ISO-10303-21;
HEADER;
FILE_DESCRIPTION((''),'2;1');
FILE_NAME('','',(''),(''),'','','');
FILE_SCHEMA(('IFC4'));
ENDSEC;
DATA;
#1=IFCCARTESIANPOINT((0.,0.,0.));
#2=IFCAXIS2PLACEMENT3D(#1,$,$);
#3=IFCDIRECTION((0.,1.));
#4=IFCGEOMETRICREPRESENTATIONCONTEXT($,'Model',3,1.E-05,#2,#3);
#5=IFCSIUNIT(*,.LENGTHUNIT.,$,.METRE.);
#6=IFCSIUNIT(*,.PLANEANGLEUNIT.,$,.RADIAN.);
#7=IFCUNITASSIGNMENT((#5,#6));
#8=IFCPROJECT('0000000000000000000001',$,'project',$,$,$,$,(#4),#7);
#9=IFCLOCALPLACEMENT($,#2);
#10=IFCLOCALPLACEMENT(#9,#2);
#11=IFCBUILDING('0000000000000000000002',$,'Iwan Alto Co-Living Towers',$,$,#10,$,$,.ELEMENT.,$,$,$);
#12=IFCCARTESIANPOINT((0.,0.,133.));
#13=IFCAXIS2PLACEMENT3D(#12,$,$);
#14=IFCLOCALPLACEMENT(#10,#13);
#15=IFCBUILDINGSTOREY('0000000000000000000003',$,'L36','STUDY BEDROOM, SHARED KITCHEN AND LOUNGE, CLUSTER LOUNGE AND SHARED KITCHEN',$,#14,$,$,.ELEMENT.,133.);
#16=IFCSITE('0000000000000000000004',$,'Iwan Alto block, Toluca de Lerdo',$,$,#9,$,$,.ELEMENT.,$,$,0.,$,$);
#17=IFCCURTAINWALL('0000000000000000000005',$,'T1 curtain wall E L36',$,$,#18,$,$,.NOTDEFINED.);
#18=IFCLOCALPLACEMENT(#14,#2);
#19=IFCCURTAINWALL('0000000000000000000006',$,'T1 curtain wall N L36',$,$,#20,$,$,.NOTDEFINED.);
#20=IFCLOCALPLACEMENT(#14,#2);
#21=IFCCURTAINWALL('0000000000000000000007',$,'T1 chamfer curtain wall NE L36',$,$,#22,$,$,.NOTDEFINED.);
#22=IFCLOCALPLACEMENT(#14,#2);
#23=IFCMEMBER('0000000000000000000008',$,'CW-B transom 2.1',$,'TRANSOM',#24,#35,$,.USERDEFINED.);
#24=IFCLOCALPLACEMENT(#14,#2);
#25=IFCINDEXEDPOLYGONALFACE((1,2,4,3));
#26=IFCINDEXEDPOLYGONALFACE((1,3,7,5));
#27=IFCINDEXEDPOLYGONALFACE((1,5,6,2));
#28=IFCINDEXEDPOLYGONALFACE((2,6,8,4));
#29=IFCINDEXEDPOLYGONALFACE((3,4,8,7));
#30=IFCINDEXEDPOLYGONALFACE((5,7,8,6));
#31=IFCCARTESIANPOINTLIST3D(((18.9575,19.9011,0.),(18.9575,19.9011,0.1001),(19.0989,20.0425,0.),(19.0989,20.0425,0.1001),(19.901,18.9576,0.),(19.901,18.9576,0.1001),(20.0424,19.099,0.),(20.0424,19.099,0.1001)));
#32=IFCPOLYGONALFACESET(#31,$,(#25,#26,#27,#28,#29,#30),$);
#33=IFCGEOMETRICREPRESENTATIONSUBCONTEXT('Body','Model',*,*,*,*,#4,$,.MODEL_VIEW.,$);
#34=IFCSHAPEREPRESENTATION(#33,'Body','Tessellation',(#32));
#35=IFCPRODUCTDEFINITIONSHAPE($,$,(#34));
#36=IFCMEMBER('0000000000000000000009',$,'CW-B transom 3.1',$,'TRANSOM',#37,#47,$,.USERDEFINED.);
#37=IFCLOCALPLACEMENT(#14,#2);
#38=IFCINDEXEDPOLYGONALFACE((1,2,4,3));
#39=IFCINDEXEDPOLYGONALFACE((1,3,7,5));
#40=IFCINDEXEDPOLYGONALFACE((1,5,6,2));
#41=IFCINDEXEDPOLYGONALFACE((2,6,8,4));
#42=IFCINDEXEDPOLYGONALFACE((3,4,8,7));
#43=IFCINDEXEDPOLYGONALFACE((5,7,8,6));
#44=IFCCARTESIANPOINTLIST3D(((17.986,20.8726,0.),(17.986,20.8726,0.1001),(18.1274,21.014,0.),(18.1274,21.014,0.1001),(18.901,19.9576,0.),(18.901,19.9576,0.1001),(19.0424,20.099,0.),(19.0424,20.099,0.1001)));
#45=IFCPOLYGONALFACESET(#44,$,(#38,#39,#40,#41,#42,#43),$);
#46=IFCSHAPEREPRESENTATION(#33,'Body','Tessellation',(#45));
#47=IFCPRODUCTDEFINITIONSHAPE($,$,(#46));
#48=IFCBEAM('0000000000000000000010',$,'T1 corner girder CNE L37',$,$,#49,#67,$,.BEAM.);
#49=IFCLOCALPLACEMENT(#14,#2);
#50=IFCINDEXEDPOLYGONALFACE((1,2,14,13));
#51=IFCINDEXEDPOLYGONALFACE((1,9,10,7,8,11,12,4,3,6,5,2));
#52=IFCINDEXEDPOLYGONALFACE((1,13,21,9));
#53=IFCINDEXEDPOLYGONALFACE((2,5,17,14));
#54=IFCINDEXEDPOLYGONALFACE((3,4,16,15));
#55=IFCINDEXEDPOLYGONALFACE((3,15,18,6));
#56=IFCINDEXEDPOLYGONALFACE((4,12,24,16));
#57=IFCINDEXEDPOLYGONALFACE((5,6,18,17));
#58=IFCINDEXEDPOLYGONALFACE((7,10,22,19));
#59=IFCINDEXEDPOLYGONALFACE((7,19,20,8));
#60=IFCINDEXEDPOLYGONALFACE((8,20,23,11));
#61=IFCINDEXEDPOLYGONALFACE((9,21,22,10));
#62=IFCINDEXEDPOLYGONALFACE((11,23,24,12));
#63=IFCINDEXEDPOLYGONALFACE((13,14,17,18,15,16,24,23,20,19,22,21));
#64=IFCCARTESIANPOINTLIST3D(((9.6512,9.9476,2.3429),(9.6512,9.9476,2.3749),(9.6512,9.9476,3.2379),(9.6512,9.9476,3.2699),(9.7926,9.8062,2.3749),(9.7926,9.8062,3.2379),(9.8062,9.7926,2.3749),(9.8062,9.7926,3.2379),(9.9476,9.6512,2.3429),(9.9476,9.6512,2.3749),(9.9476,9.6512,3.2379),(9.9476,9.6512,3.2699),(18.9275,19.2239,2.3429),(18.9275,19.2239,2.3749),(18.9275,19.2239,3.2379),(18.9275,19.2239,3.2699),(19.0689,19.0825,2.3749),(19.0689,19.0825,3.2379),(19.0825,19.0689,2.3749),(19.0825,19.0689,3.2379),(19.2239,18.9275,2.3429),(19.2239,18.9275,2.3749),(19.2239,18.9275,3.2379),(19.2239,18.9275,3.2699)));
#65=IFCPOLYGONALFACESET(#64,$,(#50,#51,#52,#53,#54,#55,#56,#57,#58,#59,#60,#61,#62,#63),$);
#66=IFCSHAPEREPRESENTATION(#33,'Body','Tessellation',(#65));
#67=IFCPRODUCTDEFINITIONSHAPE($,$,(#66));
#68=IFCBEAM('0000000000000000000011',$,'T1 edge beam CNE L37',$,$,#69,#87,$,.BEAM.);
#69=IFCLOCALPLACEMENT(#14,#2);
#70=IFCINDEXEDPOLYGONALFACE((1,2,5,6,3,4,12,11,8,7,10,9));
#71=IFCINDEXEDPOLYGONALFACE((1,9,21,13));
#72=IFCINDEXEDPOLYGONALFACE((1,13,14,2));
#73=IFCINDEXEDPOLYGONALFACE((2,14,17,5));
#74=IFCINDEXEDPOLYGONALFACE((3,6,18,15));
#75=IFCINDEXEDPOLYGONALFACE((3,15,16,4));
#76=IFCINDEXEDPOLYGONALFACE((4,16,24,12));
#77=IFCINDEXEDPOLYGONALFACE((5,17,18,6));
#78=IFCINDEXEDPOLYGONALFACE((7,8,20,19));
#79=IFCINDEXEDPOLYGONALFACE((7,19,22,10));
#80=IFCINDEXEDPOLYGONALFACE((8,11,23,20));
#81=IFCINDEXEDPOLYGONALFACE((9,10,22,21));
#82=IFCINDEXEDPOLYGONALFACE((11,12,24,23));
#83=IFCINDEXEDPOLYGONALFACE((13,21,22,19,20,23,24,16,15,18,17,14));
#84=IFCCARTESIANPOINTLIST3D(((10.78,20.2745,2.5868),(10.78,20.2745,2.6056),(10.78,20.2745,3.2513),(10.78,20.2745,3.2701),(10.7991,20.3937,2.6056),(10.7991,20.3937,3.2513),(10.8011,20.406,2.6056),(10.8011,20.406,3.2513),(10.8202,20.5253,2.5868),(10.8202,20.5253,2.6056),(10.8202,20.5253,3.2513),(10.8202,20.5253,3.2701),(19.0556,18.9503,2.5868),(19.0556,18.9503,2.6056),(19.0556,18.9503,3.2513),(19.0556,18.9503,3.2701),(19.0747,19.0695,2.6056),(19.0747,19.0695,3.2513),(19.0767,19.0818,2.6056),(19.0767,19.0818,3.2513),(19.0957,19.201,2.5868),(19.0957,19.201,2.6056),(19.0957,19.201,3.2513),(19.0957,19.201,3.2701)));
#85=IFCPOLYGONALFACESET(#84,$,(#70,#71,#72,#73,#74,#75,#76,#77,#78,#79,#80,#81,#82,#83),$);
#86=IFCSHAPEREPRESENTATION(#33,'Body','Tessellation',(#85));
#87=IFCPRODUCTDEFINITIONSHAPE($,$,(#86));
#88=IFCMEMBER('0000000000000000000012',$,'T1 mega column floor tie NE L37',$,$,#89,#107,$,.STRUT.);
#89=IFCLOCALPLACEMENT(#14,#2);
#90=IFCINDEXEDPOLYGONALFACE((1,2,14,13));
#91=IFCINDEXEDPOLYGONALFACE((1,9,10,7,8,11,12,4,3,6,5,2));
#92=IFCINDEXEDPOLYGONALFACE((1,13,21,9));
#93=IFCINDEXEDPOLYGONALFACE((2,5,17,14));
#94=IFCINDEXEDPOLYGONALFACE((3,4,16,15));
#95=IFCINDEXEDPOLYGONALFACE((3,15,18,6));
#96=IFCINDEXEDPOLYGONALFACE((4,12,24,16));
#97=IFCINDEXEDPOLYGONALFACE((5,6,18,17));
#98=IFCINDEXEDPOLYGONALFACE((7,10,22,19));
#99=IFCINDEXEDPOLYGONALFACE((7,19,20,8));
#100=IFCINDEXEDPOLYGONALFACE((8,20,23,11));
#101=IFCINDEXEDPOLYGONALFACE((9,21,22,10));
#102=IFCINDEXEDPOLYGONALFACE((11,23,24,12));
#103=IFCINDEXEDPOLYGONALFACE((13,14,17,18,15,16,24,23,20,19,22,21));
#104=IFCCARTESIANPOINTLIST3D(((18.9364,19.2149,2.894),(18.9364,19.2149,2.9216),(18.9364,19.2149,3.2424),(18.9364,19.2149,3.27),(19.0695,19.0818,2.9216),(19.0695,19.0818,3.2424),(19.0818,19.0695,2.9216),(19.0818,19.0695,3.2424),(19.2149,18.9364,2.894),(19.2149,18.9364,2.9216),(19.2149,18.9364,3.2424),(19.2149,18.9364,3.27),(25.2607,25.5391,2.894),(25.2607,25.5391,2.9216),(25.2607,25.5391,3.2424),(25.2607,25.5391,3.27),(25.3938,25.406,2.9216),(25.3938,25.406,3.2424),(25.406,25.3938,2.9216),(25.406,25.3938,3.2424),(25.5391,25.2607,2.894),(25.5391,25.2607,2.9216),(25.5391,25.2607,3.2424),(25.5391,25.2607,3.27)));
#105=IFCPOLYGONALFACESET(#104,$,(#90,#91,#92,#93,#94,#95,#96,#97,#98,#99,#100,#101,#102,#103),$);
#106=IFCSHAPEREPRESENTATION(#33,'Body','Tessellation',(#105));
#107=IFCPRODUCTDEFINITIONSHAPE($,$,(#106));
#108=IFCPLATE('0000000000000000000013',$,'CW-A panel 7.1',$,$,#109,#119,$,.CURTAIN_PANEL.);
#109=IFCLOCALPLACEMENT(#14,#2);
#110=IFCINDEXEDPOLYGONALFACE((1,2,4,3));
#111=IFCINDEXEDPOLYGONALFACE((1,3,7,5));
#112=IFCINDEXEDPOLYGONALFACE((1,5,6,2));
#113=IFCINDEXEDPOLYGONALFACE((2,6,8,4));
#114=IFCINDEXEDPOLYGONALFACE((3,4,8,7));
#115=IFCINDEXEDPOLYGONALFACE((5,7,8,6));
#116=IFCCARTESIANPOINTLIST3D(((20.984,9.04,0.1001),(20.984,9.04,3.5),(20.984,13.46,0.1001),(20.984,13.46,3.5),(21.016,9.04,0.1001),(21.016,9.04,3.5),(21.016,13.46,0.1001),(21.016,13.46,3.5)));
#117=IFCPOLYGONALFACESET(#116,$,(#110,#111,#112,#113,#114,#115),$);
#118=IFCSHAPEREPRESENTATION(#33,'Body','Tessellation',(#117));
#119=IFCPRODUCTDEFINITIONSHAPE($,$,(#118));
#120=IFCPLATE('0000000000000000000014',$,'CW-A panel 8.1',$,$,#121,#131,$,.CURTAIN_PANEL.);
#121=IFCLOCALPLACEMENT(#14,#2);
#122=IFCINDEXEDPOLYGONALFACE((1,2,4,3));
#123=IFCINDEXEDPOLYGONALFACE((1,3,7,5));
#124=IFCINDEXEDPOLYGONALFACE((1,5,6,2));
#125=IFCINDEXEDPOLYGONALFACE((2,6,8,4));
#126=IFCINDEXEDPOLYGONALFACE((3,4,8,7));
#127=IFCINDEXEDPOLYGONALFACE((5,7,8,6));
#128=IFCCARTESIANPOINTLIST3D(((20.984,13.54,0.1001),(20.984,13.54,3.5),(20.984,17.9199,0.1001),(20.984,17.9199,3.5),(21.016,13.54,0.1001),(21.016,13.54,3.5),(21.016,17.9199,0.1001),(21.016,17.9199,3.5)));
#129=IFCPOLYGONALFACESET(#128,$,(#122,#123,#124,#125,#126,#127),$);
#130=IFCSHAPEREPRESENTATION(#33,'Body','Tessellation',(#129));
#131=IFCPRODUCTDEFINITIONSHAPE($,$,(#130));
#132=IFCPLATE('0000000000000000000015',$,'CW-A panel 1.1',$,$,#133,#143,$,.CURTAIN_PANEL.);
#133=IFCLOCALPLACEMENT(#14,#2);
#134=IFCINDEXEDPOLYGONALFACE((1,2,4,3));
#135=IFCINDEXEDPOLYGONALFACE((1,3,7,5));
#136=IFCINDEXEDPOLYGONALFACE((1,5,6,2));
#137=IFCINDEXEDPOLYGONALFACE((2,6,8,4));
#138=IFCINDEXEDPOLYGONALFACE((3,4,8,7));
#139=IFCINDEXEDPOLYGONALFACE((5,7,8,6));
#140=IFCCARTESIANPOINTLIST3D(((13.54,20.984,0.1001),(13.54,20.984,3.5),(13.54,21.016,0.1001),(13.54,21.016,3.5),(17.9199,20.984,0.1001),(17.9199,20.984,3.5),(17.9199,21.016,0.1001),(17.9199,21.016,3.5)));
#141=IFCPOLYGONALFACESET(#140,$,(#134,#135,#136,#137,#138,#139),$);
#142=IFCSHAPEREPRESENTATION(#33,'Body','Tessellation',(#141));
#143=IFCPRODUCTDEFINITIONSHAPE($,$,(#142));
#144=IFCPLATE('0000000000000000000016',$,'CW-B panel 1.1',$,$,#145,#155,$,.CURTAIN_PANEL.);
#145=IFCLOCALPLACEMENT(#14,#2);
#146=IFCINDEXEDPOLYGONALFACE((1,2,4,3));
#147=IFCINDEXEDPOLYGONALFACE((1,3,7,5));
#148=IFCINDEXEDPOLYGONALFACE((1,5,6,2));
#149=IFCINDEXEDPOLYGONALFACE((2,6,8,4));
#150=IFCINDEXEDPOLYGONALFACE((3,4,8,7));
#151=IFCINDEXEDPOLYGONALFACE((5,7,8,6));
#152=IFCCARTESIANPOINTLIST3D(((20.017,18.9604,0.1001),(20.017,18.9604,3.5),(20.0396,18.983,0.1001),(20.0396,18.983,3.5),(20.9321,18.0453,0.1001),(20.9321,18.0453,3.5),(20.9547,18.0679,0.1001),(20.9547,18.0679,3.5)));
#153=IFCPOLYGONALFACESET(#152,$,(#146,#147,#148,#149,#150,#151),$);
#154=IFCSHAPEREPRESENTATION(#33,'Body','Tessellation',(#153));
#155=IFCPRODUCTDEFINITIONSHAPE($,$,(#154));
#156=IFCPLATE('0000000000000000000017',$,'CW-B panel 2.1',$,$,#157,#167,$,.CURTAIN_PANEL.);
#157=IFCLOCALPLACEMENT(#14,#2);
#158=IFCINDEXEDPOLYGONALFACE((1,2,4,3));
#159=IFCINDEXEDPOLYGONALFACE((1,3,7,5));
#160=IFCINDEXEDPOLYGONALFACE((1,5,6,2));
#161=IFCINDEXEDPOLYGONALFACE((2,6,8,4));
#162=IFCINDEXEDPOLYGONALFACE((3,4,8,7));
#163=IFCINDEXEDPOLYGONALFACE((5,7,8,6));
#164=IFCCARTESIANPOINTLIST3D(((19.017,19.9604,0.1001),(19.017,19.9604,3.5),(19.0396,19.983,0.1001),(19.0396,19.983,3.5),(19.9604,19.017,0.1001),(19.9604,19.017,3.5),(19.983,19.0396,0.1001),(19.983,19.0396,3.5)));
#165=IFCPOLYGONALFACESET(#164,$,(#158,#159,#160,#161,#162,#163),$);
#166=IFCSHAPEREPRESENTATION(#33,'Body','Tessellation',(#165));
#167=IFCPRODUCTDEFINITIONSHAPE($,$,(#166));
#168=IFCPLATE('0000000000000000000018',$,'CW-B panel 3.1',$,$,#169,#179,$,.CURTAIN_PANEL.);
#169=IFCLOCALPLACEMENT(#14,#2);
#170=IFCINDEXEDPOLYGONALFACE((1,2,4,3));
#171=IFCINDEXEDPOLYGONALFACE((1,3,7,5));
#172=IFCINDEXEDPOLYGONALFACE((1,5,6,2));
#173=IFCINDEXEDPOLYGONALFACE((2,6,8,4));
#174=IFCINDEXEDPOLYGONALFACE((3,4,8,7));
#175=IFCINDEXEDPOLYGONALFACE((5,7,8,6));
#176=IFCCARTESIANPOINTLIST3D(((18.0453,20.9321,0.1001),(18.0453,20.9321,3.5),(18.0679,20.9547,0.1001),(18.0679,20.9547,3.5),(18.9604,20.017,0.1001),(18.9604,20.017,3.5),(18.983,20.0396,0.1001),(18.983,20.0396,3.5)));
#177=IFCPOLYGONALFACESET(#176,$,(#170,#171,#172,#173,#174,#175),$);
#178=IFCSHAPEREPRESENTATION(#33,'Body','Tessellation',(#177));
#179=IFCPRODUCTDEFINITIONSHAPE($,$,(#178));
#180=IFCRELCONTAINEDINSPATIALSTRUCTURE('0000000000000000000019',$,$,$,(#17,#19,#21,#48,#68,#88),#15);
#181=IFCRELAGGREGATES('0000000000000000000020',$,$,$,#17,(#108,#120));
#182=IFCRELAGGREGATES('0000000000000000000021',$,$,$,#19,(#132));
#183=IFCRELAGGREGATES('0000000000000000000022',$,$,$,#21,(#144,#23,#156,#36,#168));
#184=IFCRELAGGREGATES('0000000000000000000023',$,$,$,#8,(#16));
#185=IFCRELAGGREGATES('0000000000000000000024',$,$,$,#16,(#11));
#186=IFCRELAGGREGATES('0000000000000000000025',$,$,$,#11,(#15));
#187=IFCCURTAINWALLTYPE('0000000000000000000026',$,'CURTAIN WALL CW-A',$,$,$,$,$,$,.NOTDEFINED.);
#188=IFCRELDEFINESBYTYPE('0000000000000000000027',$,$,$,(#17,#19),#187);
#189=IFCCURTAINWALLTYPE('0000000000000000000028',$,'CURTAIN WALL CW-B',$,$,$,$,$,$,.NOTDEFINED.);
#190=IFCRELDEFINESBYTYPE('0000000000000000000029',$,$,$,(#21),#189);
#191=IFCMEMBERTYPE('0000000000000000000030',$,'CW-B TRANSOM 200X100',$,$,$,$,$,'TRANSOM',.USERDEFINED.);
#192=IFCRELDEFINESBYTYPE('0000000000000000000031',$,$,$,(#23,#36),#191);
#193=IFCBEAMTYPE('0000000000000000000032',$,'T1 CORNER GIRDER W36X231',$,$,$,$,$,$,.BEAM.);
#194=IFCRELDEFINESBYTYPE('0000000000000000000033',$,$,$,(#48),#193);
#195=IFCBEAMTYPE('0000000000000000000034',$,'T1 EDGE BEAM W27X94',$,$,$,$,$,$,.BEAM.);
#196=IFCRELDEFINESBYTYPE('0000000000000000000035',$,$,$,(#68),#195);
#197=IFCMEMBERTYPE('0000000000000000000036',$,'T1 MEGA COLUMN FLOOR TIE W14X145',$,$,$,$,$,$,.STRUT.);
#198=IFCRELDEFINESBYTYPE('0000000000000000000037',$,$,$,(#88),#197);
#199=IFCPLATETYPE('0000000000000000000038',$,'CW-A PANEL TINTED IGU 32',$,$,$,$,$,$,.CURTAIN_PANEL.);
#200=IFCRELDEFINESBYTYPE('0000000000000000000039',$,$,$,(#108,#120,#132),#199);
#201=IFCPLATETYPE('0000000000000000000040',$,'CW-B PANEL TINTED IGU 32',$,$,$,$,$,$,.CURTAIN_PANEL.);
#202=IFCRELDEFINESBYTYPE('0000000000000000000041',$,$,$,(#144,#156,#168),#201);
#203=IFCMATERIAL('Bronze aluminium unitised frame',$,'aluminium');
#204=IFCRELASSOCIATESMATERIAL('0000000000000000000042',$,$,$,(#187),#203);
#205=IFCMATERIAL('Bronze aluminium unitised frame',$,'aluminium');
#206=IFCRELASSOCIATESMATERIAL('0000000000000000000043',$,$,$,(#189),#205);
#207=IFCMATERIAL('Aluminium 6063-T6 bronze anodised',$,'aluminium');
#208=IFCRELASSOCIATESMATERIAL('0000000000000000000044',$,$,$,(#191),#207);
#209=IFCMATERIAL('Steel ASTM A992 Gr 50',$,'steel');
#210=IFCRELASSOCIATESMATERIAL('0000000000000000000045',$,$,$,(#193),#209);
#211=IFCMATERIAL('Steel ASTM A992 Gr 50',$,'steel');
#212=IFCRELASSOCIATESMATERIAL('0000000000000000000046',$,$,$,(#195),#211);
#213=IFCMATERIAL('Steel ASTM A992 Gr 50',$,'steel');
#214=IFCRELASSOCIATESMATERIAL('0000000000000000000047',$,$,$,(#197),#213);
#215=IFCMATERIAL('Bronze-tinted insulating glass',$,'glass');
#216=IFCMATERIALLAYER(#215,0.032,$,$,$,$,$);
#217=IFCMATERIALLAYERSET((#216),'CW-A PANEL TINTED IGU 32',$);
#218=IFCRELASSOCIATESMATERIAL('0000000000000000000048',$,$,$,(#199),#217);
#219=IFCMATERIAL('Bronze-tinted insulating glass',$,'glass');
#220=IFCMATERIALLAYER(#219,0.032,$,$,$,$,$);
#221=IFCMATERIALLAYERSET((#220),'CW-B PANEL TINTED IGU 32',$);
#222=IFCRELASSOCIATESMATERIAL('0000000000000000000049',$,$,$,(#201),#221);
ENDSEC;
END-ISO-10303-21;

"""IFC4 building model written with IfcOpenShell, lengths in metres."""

from ifc_helpers import new_model, si_unit, direction, frame, origin, origin_2d, place, context, subcontext, project, spatial, rectangle, i_section, extrude, material, layer, layer_set, material_profile, profile_set, type_object, element, aggregate, save


model = new_model("IFC4")

# Units and contexts
model_context = context("Model", 3, precision=1e-05, world=origin(), true_north=direction((0.0, 1.0)))
body_context = subcontext(model_context, "Body", "Model", "MODEL_VIEW")
ifc_project = project(units=[si_unit("LENGTHUNIT", "METRE"), si_unit("PLANEANGLEUNIT", "RADIAN")], contexts=[model_context])

# Site, building, storey
site_placement = place(None, origin())
site = spatial("IfcSite", under=ifc_project, at=site_placement, Name="Iwan Alto block, Toluca de Lerdo", CompositionType="ELEMENT", RefElevation=0.0)
building_placement = place(site_placement, origin())
building = spatial("IfcBuilding", under=site, at=building_placement, Name="Iwan Alto Co-Living Towers", CompositionType="ELEMENT")
storey_placement = place(building_placement, frame((0.0, 0.0, 133.0)))
storey = spatial("IfcBuildingStorey", under=building, at=storey_placement, Name="L36", Description="STUDY BEDROOM, SHARED KITCHEN AND LOUNGE, CLUSTER LOUNGE AND SHARED KITCHEN", CompositionType="ELEMENT", Elevation=133.0)

# Curtain wall
ifc_material_1 = material(Name="Bronze aluminium unitised frame", Category="aluminium")
curtain_wall_type_1 = type_object("IfcCurtainWallType", Name="CURTAIN WALL CW-A", PredefinedType="NOTDEFINED", material=ifc_material_1)
curtain_wall_1_placement = place(storey_placement, origin())
curtain_wall_1 = element("IfcCurtainWall", 1, at=curtain_wall_1_placement, inside=storey, type_object=curtain_wall_type_1, Name="T1 curtain wall E L36", PredefinedType="NOTDEFINED")

# Curtain wall
curtain_wall_2_placement = place(storey_placement, origin())
curtain_wall_2 = element("IfcCurtainWall", 2, at=curtain_wall_2_placement, inside=storey, type_object=curtain_wall_type_1, Name="T1 curtain wall N L36", PredefinedType="NOTDEFINED")

# Curtain wall, members
ifc_material_2 = material(Name="Bronze aluminium unitised frame", Category="aluminium")
curtain_wall_type_2 = type_object("IfcCurtainWallType", Name="CURTAIN WALL CW-B", PredefinedType="NOTDEFINED", material=ifc_material_2)
curtain_wall_3_placement = place(storey_placement, origin())
curtain_wall_3 = element("IfcCurtainWall", 3, at=curtain_wall_3_placement, inside=storey, type_object=curtain_wall_type_2, Name="T1 chamfer curtain wall NE L36", PredefinedType="NOTDEFINED")
ifc_material_3 = material(Name="Aluminium 6063-T6 bronze anodised", Category="aluminium")
ifc_material_profile_1 = material_profile(ifc_material_3, rectangle(XDim=0.2, YDim=0.1001, at=origin_2d()), Name="AL 200X100")
ifc_profile_set_1 = profile_set([ifc_material_profile_1], Name="Aluminium 6063-T6 bronze anodised")
member_type_1 = type_object("IfcMemberType", Name="CW-B TRANSOM 200X100", ElementType="TRANSOM", PredefinedType="USERDEFINED", material=ifc_profile_set_1)
member_1_placement = place(storey_placement, frame((19.9717, 19.0283, 0.05), z_axis=(-0.707107, 0.707107, 0.0), x_axis=(-0.707107, -0.707107, 0.0)))
member_1 = element("IfcMember", 4, at=member_1_placement, type_object=member_type_1, Name="CW-B transom 2.1", ObjectType="TRANSOM", PredefinedType="USERDEFINED", context=body_context, shape_type="SweptSolid", body=[
    extrude(rectangle(XDim=0.2, YDim=0.1001, at=origin_2d()), origin(), (0.0, 0.0, 1.0), 1.3342),
])
member_2_placement = place(storey_placement, frame((18.9717, 20.0283, 0.05), z_axis=(-0.707107, 0.707107, 0.0), x_axis=(-0.707107, -0.707107, 0.0)))
member_2 = element("IfcMember", 5, at=member_2_placement, type_object=member_type_1, Name="CW-B transom 3.1", ObjectType="TRANSOM", PredefinedType="USERDEFINED", context=body_context, shape_type="SweptSolid", body=[
    extrude(rectangle(XDim=0.2, YDim=0.1001, at=origin_2d()), origin(), (0.0, 0.0, 1.0), 1.2939),
])

# Beams
ifc_material_4 = material(Name="Steel ASTM A992 Gr 50", Category="steel")
ifc_material_profile_2 = material_profile(ifc_material_4, i_section(OverallWidth=0.4192, OverallDepth=0.927, WebThickness=0.0193, FlangeThickness=0.032, at=origin_2d()), Name="W36X231")
ifc_profile_set_2 = profile_set([ifc_material_profile_2], Name="Steel ASTM A992 Gr 50")
beam_type_1 = type_object("IfcBeamType", Name="T1 CORNER GIRDER W36X231", PredefinedType="BEAM", material=ifc_profile_set_2)
beam_1_placement = place(storey_placement, frame((19.0757, 19.0757, 2.8064), z_axis=(-0.707107, -0.707107, 0.0), x_axis=(0.707107, -0.707107, 0.0)))
element("IfcBeam", 6, at=beam_1_placement, inside=storey, type_object=beam_type_1, Name="T1 corner girder CNE L37", PredefinedType="BEAM", context=body_context, shape_type="SweptSolid", body=[
    extrude(i_section(OverallWidth=0.4192, OverallDepth=0.927, WebThickness=0.0193, FlangeThickness=0.032, at=origin_2d()), origin(), (0.0, 0.0, 1.0), 13.1187),
])
ifc_material_5 = material(Name="Steel ASTM A992 Gr 50", Category="steel")
ifc_material_profile_3 = material_profile(ifc_material_5, i_section(OverallWidth=0.2539, OverallDepth=0.6833, WebThickness=0.0125, FlangeThickness=0.0188, at=origin_2d()), Name="W27X94")
ifc_profile_set_3 = profile_set([ifc_material_profile_3], Name="Steel ASTM A992 Gr 50")
beam_type_2 = type_object("IfcBeamType", Name="T1 EDGE BEAM W27X94", PredefinedType="BEAM", material=ifc_profile_set_3)
beam_2_placement = place(storey_placement, frame((19.0757, 19.0757, 2.9285), z_axis=(-0.987438, 0.158004, 0.0), x_axis=(-0.158004, -0.987438, 0.0)))
element("IfcBeam", 7, at=beam_2_placement, inside=storey, type_object=beam_type_2, Name="T1 edge beam CNE L37", PredefinedType="BEAM", context=body_context, shape_type="SweptSolid", body=[
    extrude(i_section(OverallWidth=0.2539, OverallDepth=0.6833, WebThickness=0.0125, FlangeThickness=0.0188, at=origin_2d()), origin(), (0.0, 0.0, 1.0), 8.3809),
])

# Member
ifc_material_6 = material(Name="Steel ASTM A992 Gr 50", Category="steel")
ifc_material_profile_4 = material_profile(ifc_material_6, i_section(OverallWidth=0.3938, OverallDepth=0.376, WebThickness=0.0173, FlangeThickness=0.0276, at=origin_2d()), Name="W14X145")
ifc_profile_set_4 = profile_set([ifc_material_profile_4], Name="Steel ASTM A992 Gr 50")
member_type_2 = type_object("IfcMemberType", Name="T1 MEGA COLUMN FLOOR TIE W14X145", PredefinedType="STRUT", material=ifc_profile_set_4)
member_3_placement = place(storey_placement, frame((25.3999, 25.3999, 3.082), z_axis=(-0.707107, -0.707107, 0.0), x_axis=(0.707107, -0.707107, 0.0)))
element("IfcMember", 8, at=member_3_placement, inside=storey, type_object=member_type_2, Name="T1 mega column floor tie NE L37", PredefinedType="STRUT", context=body_context, shape_type="SweptSolid", body=[
    extrude(i_section(OverallWidth=0.3938, OverallDepth=0.376, WebThickness=0.0173, FlangeThickness=0.0276, at=origin_2d()), origin(), (0.0, 0.0, 1.0), 8.9438),
])

# Plates
ifc_material_7 = material(Name="Bronze-tinted insulating glass", Category="glass")
ifc_layer_1 = layer(ifc_material_7, 0.032)
ifc_layer_set_1 = layer_set([ifc_layer_1], Name="CW-A PANEL TINTED IGU 32")
plate_type_1 = type_object("IfcPlateType", Name="CW-A PANEL TINTED IGU 32", PredefinedType="CURTAIN_PANEL", material=ifc_layer_set_1)
plate_1_placement = place(storey_placement, frame((21.0, 11.25, 0.1001), z_axis=(0.0, 0.0, 1.0), x_axis=(0.0, 1.0, 0.0)))
plate_1 = element("IfcPlate", 9, at=plate_1_placement, type_object=plate_type_1, Name="CW-A panel 7.1", PredefinedType="CURTAIN_PANEL", context=body_context, shape_type="SweptSolid", body=[
    extrude(rectangle(XDim=4.4199, YDim=0.032, at=origin_2d()), origin(), (0.0, 0.0, 1.0), 3.3999),
])
plate_2_placement = place(storey_placement, frame((21.0, 15.73, 0.1001), z_axis=(0.0, 0.0, 1.0), x_axis=(0.0, 1.0, 0.0)))
plate_2 = element("IfcPlate", 10, at=plate_2_placement, type_object=plate_type_1, Name="CW-A panel 8.1", PredefinedType="CURTAIN_PANEL", context=body_context, shape_type="SweptSolid", body=[
    extrude(rectangle(XDim=4.3799, YDim=0.032, at=origin_2d()), origin(), (0.0, 0.0, 1.0), 3.3999),
])
aggregate(curtain_wall_1, [plate_1, plate_2])
plate_3_placement = place(storey_placement, frame((15.73, 21.0, 0.1001), z_axis=(0.0, 0.0, 1.0), x_axis=(-1.0, 0.0, 0.0)))
plate_3 = element("IfcPlate", 11, at=plate_3_placement, type_object=plate_type_1, Name="CW-A panel 1.1", PredefinedType="CURTAIN_PANEL", context=body_context, shape_type="SweptSolid", body=[
    extrude(rectangle(XDim=4.3799, YDim=0.032, at=origin_2d()), origin(), (0.0, 0.0, 1.0), 3.3999),
])
aggregate(curtain_wall_2, [plate_3])
ifc_material_8 = material(Name="Bronze-tinted insulating glass", Category="glass")
ifc_layer_2 = layer(ifc_material_8, 0.032)
ifc_layer_set_2 = layer_set([ifc_layer_2], Name="CW-B PANEL TINTED IGU 32")
plate_type_2 = type_object("IfcPlateType", Name="CW-B PANEL TINTED IGU 32", PredefinedType="CURTAIN_PANEL", material=ifc_layer_set_2)
plate_4_placement = place(storey_placement, frame((20.4858, 18.5142, 0.1001), z_axis=(0.0, 0.0, 1.0), x_axis=(-0.707107, 0.707107, 0.0)))
plate_4 = element("IfcPlate", 12, at=plate_4_placement, type_object=plate_type_2, Name="CW-B panel 1.1", PredefinedType="CURTAIN_PANEL", context=body_context, shape_type="SweptSolid", body=[
    extrude(rectangle(XDim=1.2942, YDim=0.032, at=origin_2d()), origin(), (0.0, 0.0, 1.0), 3.3999),
])
plate_5_placement = place(storey_placement, frame((19.5, 19.5, 0.1001), z_axis=(0.0, 0.0, 1.0), x_axis=(-0.707107, 0.707107, 0.0)))
plate_5 = element("IfcPlate", 13, at=plate_5_placement, type_object=plate_type_2, Name="CW-B panel 2.1", PredefinedType="CURTAIN_PANEL", context=body_context, shape_type="SweptSolid", body=[
    extrude(rectangle(XDim=1.3342, YDim=0.032, at=origin_2d()), origin(), (0.0, 0.0, 1.0), 3.3999),
])
plate_6_placement = place(storey_placement, frame((18.5142, 20.4858, 0.1001), z_axis=(0.0, 0.0, 1.0), x_axis=(-0.707107, 0.707107, 0.0)))
plate_6 = element("IfcPlate", 14, at=plate_6_placement, type_object=plate_type_2, Name="CW-B panel 3.1", PredefinedType="CURTAIN_PANEL", context=body_context, shape_type="SweptSolid", body=[
    extrude(rectangle(XDim=1.2942, YDim=0.032, at=origin_2d()), origin(), (0.0, 0.0, 1.0), 3.3999),
])
aggregate(curtain_wall_3, [plate_4, member_1, plate_5, member_2, plate_6])

save(model, "model.ifc")
